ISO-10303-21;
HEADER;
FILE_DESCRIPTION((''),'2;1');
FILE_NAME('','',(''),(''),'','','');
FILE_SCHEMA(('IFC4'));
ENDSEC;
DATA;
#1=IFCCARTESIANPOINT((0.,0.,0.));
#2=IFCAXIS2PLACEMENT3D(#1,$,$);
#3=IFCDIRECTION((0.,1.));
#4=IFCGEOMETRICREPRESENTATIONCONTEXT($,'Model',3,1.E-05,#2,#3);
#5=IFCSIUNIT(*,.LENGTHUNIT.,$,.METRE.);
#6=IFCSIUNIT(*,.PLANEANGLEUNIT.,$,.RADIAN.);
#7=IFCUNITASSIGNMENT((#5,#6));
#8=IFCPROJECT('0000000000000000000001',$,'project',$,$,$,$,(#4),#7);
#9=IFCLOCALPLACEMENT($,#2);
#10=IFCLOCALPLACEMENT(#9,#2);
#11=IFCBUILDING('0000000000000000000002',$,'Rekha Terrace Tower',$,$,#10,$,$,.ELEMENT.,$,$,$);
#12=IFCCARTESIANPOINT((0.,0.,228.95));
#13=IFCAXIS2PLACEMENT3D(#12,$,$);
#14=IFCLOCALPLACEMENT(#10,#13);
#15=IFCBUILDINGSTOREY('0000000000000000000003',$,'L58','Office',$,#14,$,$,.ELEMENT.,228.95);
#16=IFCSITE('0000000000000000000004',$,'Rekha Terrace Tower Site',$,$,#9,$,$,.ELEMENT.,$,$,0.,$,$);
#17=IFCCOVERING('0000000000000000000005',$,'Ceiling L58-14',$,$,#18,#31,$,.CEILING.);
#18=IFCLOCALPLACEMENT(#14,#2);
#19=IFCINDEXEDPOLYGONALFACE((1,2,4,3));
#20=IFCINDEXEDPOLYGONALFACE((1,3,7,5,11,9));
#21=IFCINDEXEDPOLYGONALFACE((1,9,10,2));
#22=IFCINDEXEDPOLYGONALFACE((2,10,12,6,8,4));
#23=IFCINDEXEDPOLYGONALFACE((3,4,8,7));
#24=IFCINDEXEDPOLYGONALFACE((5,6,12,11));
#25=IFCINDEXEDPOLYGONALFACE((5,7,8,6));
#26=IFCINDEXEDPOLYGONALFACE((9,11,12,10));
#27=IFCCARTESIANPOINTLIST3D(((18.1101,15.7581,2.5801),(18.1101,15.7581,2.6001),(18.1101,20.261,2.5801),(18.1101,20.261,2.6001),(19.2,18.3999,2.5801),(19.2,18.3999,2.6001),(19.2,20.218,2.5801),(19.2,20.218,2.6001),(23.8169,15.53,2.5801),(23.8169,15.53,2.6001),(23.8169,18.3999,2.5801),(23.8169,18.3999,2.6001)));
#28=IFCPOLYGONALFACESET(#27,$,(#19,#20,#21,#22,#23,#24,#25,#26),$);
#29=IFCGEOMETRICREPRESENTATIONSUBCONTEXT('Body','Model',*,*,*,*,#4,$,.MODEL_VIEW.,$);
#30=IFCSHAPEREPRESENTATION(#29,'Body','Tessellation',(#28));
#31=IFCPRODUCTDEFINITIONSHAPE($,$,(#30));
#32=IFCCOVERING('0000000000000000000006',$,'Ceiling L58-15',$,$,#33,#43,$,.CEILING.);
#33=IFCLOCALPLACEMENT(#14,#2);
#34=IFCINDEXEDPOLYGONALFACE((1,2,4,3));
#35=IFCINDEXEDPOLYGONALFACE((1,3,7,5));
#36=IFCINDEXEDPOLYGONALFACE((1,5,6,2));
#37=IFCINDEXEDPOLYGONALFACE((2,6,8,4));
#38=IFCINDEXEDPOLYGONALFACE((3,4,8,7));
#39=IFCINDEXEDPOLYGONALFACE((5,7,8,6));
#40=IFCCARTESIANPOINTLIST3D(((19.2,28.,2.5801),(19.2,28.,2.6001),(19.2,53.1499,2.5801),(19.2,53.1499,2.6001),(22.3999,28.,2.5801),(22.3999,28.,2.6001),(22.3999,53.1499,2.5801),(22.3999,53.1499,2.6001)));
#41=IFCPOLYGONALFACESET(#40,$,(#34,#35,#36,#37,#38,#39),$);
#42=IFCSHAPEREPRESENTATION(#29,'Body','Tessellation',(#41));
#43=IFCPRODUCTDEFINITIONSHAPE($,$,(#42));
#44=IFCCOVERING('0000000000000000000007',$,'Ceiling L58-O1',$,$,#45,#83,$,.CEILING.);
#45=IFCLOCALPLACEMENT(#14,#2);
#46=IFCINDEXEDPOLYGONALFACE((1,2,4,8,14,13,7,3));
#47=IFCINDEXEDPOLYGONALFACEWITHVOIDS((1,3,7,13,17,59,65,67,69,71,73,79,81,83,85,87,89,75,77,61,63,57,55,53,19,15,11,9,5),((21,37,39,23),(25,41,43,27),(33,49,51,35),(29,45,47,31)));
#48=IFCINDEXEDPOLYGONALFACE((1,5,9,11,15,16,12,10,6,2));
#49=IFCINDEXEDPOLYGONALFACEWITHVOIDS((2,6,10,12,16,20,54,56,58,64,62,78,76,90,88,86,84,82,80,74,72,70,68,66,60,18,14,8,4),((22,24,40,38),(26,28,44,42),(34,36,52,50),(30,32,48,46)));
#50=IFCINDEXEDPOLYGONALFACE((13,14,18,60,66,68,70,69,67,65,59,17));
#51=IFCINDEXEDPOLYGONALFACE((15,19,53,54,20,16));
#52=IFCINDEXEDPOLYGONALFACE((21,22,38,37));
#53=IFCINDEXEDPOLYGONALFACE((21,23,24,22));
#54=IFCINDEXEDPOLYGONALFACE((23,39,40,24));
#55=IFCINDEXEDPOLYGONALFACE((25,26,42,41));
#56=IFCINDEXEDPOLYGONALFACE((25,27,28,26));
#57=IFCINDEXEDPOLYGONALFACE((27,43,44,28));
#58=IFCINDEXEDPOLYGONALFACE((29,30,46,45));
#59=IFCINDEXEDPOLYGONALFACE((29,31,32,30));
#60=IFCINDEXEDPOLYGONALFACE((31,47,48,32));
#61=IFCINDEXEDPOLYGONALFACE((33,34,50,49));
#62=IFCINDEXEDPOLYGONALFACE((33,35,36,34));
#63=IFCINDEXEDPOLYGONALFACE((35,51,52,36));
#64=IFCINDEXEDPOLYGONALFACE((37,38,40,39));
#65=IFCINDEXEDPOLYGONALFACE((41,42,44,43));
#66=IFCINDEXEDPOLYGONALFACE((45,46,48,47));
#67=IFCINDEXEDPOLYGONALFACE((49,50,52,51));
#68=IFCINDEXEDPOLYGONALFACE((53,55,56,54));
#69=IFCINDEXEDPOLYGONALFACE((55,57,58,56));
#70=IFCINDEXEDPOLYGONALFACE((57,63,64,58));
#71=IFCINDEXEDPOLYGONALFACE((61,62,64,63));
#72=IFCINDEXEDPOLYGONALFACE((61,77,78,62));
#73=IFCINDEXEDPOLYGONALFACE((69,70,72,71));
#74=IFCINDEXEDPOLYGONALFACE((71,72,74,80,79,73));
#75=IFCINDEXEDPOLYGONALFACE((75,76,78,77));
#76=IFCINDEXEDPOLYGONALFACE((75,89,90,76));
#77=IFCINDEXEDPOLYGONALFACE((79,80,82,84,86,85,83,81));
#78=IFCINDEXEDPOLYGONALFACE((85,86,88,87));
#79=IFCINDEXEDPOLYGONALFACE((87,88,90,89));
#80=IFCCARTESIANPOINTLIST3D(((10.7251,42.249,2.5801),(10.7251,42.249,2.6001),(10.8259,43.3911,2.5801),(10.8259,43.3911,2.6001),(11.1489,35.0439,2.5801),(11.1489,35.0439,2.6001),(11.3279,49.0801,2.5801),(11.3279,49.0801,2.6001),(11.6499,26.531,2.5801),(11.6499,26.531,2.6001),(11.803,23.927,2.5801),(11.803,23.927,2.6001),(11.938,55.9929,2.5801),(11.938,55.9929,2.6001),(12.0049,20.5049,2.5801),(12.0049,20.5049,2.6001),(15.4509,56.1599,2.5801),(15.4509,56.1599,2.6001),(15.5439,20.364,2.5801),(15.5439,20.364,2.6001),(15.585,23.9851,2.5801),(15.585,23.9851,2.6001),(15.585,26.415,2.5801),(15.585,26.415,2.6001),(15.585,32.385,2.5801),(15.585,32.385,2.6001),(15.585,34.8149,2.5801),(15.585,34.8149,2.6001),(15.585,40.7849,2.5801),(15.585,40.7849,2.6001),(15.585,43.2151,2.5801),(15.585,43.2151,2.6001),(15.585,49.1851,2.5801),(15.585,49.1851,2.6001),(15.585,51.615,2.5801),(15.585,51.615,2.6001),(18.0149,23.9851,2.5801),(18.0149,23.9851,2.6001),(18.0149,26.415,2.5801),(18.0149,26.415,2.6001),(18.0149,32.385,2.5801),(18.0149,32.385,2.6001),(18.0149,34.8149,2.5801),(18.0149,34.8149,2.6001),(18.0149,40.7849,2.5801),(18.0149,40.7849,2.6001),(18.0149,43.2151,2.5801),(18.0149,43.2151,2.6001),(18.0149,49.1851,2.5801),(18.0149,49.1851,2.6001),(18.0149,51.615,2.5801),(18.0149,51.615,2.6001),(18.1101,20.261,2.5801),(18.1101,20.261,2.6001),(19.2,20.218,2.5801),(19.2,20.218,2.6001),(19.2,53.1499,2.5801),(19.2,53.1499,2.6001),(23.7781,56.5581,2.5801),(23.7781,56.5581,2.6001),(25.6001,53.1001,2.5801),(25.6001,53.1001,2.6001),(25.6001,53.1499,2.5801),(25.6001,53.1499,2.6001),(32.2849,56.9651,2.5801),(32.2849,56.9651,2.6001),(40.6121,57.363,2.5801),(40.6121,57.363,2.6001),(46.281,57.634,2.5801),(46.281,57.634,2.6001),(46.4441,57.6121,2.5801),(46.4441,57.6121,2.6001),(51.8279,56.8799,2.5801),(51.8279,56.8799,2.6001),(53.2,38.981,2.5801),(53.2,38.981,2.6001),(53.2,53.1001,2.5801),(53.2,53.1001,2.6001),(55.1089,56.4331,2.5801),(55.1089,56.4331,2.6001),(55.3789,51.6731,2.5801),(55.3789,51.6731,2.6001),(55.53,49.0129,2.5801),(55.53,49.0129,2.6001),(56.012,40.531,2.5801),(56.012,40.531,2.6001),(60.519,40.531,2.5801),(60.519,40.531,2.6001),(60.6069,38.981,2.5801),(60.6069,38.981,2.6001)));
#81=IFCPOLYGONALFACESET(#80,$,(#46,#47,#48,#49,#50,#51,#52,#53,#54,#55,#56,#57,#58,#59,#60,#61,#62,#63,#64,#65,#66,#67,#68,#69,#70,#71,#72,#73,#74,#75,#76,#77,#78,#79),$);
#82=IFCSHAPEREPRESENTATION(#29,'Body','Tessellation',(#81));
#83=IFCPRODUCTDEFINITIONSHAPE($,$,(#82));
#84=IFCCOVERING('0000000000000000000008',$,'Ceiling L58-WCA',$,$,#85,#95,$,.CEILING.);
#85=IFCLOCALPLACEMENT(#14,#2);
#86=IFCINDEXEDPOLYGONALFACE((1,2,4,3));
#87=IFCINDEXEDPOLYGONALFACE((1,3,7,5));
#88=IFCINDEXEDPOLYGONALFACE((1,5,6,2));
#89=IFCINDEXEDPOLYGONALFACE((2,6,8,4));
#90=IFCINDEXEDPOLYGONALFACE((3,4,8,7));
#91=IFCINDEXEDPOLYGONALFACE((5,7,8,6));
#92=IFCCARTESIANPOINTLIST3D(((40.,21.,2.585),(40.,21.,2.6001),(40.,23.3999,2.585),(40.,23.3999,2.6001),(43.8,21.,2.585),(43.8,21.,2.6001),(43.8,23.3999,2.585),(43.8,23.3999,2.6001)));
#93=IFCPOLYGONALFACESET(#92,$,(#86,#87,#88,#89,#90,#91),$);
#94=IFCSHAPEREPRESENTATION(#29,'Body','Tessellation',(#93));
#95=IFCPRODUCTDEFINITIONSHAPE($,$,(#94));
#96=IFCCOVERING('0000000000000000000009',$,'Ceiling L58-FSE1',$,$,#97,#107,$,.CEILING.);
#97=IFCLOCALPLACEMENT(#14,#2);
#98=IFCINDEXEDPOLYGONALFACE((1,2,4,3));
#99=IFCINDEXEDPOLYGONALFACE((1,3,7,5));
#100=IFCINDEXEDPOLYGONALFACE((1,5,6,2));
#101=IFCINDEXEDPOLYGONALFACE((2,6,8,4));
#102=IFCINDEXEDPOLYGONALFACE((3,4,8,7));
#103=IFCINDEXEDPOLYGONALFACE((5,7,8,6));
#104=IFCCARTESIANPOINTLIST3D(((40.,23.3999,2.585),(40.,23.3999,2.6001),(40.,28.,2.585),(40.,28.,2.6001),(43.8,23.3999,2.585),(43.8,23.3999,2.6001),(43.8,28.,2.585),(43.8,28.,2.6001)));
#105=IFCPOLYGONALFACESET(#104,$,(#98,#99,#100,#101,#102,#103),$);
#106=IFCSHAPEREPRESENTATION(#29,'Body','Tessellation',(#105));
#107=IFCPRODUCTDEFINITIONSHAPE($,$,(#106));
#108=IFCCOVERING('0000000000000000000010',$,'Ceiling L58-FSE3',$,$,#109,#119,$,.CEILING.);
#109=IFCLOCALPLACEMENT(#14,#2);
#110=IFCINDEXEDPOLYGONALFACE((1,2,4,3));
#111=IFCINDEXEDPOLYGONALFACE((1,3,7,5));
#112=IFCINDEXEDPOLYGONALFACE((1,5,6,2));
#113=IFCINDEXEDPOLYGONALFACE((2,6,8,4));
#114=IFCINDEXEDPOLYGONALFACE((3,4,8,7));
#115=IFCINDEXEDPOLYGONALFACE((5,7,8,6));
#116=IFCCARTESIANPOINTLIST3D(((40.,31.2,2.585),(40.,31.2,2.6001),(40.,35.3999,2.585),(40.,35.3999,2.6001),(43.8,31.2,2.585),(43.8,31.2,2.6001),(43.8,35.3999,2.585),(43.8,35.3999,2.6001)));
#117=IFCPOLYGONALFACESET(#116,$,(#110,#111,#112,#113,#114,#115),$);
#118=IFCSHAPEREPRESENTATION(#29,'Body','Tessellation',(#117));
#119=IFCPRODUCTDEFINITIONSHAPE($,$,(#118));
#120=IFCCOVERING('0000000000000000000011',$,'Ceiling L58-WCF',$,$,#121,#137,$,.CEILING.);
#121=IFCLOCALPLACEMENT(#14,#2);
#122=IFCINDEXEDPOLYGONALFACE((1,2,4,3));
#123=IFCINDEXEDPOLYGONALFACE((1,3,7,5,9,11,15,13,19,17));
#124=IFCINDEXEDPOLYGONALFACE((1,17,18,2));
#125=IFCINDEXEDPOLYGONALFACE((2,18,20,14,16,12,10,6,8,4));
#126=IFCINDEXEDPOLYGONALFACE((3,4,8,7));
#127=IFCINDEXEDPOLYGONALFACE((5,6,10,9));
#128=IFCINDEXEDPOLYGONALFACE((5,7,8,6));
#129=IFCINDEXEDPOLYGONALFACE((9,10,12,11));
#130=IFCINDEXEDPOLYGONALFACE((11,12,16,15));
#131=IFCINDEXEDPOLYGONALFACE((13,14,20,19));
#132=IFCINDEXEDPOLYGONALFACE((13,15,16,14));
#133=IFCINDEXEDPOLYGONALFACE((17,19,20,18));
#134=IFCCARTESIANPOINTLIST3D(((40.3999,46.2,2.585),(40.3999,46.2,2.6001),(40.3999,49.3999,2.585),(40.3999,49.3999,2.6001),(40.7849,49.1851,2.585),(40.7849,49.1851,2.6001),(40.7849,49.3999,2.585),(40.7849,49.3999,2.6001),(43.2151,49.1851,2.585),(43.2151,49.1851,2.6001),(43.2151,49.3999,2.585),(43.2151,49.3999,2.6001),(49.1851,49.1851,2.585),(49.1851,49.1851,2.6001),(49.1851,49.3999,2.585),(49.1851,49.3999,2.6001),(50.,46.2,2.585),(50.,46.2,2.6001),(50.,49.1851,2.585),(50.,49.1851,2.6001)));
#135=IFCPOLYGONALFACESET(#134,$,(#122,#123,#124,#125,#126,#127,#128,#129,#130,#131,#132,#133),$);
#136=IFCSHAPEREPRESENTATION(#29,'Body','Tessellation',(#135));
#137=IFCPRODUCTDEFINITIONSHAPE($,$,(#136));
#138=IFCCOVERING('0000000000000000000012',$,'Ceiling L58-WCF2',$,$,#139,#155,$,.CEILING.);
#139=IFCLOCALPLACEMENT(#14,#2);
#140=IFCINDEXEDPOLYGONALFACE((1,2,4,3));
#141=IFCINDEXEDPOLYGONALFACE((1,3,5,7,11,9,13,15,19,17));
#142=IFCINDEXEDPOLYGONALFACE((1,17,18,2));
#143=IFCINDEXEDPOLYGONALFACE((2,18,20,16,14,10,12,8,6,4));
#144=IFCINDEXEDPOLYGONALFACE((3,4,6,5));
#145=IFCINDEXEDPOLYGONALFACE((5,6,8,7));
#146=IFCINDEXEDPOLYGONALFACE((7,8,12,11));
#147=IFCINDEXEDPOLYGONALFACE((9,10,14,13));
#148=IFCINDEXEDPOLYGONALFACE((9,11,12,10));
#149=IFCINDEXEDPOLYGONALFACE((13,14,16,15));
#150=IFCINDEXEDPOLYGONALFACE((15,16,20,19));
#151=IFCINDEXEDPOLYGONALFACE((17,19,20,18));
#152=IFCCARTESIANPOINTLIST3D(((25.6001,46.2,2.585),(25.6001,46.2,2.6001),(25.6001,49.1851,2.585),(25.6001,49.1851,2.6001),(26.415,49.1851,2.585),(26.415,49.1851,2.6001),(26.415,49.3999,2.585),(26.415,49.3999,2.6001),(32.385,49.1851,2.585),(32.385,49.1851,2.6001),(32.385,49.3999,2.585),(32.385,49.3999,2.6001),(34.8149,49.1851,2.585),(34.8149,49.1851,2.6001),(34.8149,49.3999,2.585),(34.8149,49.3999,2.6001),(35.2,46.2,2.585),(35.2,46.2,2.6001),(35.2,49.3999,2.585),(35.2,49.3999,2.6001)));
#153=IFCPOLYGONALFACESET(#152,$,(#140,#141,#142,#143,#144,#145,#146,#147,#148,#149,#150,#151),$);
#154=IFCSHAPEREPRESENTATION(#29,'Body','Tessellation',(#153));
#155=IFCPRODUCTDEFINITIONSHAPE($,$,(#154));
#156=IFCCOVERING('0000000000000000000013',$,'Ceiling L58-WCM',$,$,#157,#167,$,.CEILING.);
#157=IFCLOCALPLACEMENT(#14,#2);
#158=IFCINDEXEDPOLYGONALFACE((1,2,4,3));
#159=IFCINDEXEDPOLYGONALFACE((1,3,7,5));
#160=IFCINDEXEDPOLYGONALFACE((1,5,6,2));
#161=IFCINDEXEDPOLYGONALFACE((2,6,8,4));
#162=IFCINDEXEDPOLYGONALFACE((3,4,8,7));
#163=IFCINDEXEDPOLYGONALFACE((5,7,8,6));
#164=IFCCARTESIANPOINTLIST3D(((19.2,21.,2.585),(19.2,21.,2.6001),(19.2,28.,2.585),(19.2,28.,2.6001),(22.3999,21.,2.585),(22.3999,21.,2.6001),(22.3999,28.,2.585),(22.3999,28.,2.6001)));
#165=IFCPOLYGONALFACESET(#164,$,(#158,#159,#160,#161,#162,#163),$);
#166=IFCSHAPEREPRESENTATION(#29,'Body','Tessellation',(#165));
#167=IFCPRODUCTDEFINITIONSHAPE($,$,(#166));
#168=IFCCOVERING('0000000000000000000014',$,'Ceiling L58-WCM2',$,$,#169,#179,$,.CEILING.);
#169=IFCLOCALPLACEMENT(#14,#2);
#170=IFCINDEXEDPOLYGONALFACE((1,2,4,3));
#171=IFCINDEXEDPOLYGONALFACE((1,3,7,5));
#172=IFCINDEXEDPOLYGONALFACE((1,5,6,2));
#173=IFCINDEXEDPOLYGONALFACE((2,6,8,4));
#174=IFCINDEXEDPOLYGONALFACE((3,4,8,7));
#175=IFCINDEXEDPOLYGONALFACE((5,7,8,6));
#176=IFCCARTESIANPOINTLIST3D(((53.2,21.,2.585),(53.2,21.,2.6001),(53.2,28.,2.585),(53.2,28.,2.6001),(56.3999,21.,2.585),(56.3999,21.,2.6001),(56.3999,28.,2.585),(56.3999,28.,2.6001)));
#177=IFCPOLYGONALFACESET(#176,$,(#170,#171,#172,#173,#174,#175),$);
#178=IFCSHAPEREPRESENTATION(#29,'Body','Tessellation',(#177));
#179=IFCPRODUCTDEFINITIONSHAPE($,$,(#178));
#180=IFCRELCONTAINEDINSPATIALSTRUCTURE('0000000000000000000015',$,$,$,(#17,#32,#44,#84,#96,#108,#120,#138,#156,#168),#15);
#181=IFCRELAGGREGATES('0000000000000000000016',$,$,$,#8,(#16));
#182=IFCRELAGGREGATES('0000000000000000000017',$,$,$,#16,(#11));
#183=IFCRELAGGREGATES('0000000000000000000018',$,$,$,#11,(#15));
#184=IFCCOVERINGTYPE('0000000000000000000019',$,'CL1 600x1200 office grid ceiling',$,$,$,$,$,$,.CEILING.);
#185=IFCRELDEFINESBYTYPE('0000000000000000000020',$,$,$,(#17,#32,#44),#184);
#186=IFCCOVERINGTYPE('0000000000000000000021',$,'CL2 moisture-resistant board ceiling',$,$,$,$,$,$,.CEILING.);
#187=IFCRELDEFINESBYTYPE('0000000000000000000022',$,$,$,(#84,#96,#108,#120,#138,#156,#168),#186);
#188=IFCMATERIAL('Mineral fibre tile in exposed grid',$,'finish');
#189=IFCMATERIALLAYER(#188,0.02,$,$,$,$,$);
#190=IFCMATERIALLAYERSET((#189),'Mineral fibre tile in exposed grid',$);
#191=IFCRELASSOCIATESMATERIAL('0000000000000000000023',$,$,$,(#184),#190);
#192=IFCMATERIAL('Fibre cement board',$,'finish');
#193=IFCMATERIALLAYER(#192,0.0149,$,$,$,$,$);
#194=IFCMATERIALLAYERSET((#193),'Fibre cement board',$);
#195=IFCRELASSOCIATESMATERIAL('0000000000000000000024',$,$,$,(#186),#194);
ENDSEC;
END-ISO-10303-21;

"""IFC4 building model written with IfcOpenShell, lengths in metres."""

from ifc_helpers import new_model, si_unit, direction, frame, origin, place, context, subcontext, project, spatial, polyline, outline, extrude, material, layer, layer_set, type_object, element, save


model = new_model("IFC4")

# Units and contexts
model_context = context("Model", 3, precision=1e-05, world=origin(), true_north=direction((0.0, 1.0)))
body_context = subcontext(model_context, "Body", "Model", "MODEL_VIEW")
ifc_project = project(units=[si_unit("LENGTHUNIT", "METRE"), si_unit("PLANEANGLEUNIT", "RADIAN")], contexts=[model_context])

# Site, building, storey
site_placement = place(None, origin())
site = spatial("IfcSite", under=ifc_project, at=site_placement, Name="Rekha Terrace Tower Site", CompositionType="ELEMENT", RefElevation=0.0)
building_placement = place(site_placement, origin())
building = spatial("IfcBuilding", under=site, at=building_placement, Name="Rekha Terrace Tower", CompositionType="ELEMENT")
storey_placement = place(building_placement, frame((0.0, 0.0, 228.95)))
storey = spatial("IfcBuildingStorey", under=building, at=storey_placement, Name="L58", Description="Office", CompositionType="ELEMENT", Elevation=228.95)

# Coverings
ifc_material_1 = material(Name="Mineral fibre tile in exposed grid", Category="finish")
ifc_layer_1 = layer(ifc_material_1, 0.02)
ifc_layer_set_1 = layer_set([ifc_layer_1], Name="Mineral fibre tile in exposed grid")
covering_type_1 = type_object("IfcCoveringType", Name="CL1 600x1200 office grid ceiling", PredefinedType="CEILING", material=ifc_layer_set_1)
covering_1_placement = place(storey_placement, frame((0.0, 0.0, 2.5801)))
element("IfcCovering", 1, at=covering_1_placement, inside=storey, type_object=covering_type_1, Name="Ceiling L58-14", PredefinedType="CEILING", context=body_context, shape_type="SweptSolid", body=[
    extrude(outline(polyline([(23.8169, 15.53), (23.8169, 18.3999), (19.2, 18.3999), (19.2, 20.218), (18.1101, 20.261), (18.1101, 15.7581), (23.8169, 15.53)])), origin(), (0.0, 0.0, 1.0), 0.02),
])
covering_2_placement = place(storey_placement, frame((0.0, 0.0, 2.5801)))
element("IfcCovering", 2, at=covering_2_placement, inside=storey, type_object=covering_type_1, Name="Ceiling L58-15", PredefinedType="CEILING", context=body_context, shape_type="SweptSolid", body=[
    extrude(outline(polyline([(19.2, 53.1499), (19.2, 28.0), (22.3999, 28.0), (22.3999, 53.1499), (19.2, 53.1499)])), origin(), (0.0, 0.0, 1.0), 0.02),
])
covering_3_placement = place(storey_placement, frame((0.0, 0.0, 2.5801)))
element("IfcCovering", 3, at=covering_3_placement, inside=storey, type_object=covering_type_1, Name="Ceiling L58-O1", PredefinedType="CEILING", context=body_context, shape_type="SweptSolid", body=[
    extrude(outline(polyline([(11.3279, 49.0801), (10.8259, 43.3911), (10.7251, 42.249), (11.1489, 35.0439), (11.6499, 26.531), (11.803, 23.927), (12.0049, 20.5049), (15.5439, 20.364), (18.1101, 20.261), (19.2, 20.218), (19.2, 53.1499), (25.6001, 53.1499), (25.6001, 53.1001), (53.2, 53.1001), (53.2, 38.981), (60.6069, 38.981), (60.519, 40.531), (56.012, 40.531), (55.53, 49.0129), (55.3789, 51.6731), (55.1089, 56.4331), (51.8279, 56.8799), (46.4441, 57.6121), (46.281, 57.634), (40.6121, 57.363), (32.2849, 56.9651), (23.7781, 56.5581), (15.4509, 56.1599), (11.938, 55.9929), (11.3279, 49.0801)]), holes=[polyline([(18.0149, 23.9851), (15.585, 23.9851), (15.585, 26.415), (18.0149, 26.415), (18.0149, 23.9851)]), polyline([(18.0149, 32.385), (15.585, 32.385), (15.585, 34.8149), (18.0149, 34.8149), (18.0149, 32.385)]), polyline([(18.0149, 43.2151), (18.0149, 40.7849), (15.585, 40.7849), (15.585, 43.2151), (18.0149, 43.2151)]), polyline([(18.0149, 51.615), (18.0149, 49.1851), (15.585, 49.1851), (15.585, 51.615), (18.0149, 51.615)])]), origin(), (0.0, 0.0, 1.0), 0.02),
])
ifc_material_2 = material(Name="Fibre cement board", Category="finish")
ifc_layer_2 = layer(ifc_material_2, 0.0149)
ifc_layer_set_2 = layer_set([ifc_layer_2], Name="Fibre cement board")
covering_type_2 = type_object("IfcCoveringType", Name="CL2 moisture-resistant board ceiling", PredefinedType="CEILING", material=ifc_layer_set_2)
covering_4_placement = place(storey_placement, frame((0.0, 0.0, 2.585)))
element("IfcCovering", 4, at=covering_4_placement, inside=storey, type_object=covering_type_2, Name="Ceiling L58-WCA", PredefinedType="CEILING", context=body_context, shape_type="SweptSolid", body=[
    extrude(outline(polyline([(43.8, 23.3999), (40.0, 23.3999), (40.0, 21.0), (43.8, 21.0), (43.8, 23.3999)])), origin(), (0.0, 0.0, 1.0), 0.0151),
])
covering_5_placement = place(storey_placement, frame((0.0, 0.0, 2.585)))
element("IfcCovering", 5, at=covering_5_placement, inside=storey, type_object=covering_type_2, Name="Ceiling L58-FSE1", PredefinedType="CEILING", context=body_context, shape_type="SweptSolid", body=[
    extrude(outline(polyline([(43.8, 28.0), (40.0, 28.0), (40.0, 23.3999), (43.8, 23.3999), (43.8, 28.0)])), origin(), (0.0, 0.0, 1.0), 0.0151),
])
covering_6_placement = place(storey_placement, frame((0.0, 0.0, 2.585)))
element("IfcCovering", 6, at=covering_6_placement, inside=storey, type_object=covering_type_2, Name="Ceiling L58-FSE3", PredefinedType="CEILING", context=body_context, shape_type="SweptSolid", body=[
    extrude(outline(polyline([(43.8, 35.3999), (40.0, 35.3999), (40.0, 31.2), (43.8, 31.2), (43.8, 35.3999)])), origin(), (0.0, 0.0, 1.0), 0.0151),
])
covering_7_placement = place(storey_placement, frame((0.0, 0.0, 2.585)))
element("IfcCovering", 7, at=covering_7_placement, inside=storey, type_object=covering_type_2, Name="Ceiling L58-WCF", PredefinedType="CEILING", context=body_context, shape_type="SweptSolid", body=[
    extrude(outline(polyline([(40.7849, 49.3999), (40.3999, 49.3999), (40.3999, 46.2), (50.0, 46.2), (50.0, 49.1851), (49.1851, 49.1851), (49.1851, 49.3999), (43.2151, 49.3999), (43.2151, 49.1851), (40.7849, 49.1851), (40.7849, 49.3999)])), origin(), (0.0, 0.0, 1.0), 0.0151),
])
covering_8_placement = place(storey_placement, frame((0.0, 0.0, 2.585)))
element("IfcCovering", 8, at=covering_8_placement, inside=storey, type_object=covering_type_2, Name="Ceiling L58-WCF2", PredefinedType="CEILING", context=body_context, shape_type="SweptSolid", body=[
    extrude(outline(polyline([(26.415, 49.1851), (25.6001, 49.1851), (25.6001, 46.2), (35.2, 46.2), (35.2, 49.3999), (34.8149, 49.3999), (34.8149, 49.1851), (32.385, 49.1851), (32.385, 49.3999), (26.415, 49.3999), (26.415, 49.1851)])), origin(), (0.0, 0.0, 1.0), 0.0151),
])
covering_9_placement = place(storey_placement, frame((0.0, 0.0, 2.585)))
element("IfcCovering", 9, at=covering_9_placement, inside=storey, type_object=covering_type_2, Name="Ceiling L58-WCM", PredefinedType="CEILING", context=body_context, shape_type="SweptSolid", body=[
    extrude(outline(polyline([(22.3999, 28.0), (19.2, 28.0), (19.2, 21.0), (22.3999, 21.0), (22.3999, 28.0)])), origin(), (0.0, 0.0, 1.0), 0.0151),
])
covering_10_placement = place(storey_placement, frame((0.0, 0.0, 2.585)))
element("IfcCovering", 10, at=covering_10_placement, inside=storey, type_object=covering_type_2, Name="Ceiling L58-WCM2", PredefinedType="CEILING", context=body_context, shape_type="SweptSolid", body=[
    extrude(outline(polyline([(56.3999, 28.0), (53.2, 28.0), (53.2, 21.0), (56.3999, 21.0), (56.3999, 28.0)])), origin(), (0.0, 0.0, 1.0), 0.0151),
])

save(model, "model.ifc")
